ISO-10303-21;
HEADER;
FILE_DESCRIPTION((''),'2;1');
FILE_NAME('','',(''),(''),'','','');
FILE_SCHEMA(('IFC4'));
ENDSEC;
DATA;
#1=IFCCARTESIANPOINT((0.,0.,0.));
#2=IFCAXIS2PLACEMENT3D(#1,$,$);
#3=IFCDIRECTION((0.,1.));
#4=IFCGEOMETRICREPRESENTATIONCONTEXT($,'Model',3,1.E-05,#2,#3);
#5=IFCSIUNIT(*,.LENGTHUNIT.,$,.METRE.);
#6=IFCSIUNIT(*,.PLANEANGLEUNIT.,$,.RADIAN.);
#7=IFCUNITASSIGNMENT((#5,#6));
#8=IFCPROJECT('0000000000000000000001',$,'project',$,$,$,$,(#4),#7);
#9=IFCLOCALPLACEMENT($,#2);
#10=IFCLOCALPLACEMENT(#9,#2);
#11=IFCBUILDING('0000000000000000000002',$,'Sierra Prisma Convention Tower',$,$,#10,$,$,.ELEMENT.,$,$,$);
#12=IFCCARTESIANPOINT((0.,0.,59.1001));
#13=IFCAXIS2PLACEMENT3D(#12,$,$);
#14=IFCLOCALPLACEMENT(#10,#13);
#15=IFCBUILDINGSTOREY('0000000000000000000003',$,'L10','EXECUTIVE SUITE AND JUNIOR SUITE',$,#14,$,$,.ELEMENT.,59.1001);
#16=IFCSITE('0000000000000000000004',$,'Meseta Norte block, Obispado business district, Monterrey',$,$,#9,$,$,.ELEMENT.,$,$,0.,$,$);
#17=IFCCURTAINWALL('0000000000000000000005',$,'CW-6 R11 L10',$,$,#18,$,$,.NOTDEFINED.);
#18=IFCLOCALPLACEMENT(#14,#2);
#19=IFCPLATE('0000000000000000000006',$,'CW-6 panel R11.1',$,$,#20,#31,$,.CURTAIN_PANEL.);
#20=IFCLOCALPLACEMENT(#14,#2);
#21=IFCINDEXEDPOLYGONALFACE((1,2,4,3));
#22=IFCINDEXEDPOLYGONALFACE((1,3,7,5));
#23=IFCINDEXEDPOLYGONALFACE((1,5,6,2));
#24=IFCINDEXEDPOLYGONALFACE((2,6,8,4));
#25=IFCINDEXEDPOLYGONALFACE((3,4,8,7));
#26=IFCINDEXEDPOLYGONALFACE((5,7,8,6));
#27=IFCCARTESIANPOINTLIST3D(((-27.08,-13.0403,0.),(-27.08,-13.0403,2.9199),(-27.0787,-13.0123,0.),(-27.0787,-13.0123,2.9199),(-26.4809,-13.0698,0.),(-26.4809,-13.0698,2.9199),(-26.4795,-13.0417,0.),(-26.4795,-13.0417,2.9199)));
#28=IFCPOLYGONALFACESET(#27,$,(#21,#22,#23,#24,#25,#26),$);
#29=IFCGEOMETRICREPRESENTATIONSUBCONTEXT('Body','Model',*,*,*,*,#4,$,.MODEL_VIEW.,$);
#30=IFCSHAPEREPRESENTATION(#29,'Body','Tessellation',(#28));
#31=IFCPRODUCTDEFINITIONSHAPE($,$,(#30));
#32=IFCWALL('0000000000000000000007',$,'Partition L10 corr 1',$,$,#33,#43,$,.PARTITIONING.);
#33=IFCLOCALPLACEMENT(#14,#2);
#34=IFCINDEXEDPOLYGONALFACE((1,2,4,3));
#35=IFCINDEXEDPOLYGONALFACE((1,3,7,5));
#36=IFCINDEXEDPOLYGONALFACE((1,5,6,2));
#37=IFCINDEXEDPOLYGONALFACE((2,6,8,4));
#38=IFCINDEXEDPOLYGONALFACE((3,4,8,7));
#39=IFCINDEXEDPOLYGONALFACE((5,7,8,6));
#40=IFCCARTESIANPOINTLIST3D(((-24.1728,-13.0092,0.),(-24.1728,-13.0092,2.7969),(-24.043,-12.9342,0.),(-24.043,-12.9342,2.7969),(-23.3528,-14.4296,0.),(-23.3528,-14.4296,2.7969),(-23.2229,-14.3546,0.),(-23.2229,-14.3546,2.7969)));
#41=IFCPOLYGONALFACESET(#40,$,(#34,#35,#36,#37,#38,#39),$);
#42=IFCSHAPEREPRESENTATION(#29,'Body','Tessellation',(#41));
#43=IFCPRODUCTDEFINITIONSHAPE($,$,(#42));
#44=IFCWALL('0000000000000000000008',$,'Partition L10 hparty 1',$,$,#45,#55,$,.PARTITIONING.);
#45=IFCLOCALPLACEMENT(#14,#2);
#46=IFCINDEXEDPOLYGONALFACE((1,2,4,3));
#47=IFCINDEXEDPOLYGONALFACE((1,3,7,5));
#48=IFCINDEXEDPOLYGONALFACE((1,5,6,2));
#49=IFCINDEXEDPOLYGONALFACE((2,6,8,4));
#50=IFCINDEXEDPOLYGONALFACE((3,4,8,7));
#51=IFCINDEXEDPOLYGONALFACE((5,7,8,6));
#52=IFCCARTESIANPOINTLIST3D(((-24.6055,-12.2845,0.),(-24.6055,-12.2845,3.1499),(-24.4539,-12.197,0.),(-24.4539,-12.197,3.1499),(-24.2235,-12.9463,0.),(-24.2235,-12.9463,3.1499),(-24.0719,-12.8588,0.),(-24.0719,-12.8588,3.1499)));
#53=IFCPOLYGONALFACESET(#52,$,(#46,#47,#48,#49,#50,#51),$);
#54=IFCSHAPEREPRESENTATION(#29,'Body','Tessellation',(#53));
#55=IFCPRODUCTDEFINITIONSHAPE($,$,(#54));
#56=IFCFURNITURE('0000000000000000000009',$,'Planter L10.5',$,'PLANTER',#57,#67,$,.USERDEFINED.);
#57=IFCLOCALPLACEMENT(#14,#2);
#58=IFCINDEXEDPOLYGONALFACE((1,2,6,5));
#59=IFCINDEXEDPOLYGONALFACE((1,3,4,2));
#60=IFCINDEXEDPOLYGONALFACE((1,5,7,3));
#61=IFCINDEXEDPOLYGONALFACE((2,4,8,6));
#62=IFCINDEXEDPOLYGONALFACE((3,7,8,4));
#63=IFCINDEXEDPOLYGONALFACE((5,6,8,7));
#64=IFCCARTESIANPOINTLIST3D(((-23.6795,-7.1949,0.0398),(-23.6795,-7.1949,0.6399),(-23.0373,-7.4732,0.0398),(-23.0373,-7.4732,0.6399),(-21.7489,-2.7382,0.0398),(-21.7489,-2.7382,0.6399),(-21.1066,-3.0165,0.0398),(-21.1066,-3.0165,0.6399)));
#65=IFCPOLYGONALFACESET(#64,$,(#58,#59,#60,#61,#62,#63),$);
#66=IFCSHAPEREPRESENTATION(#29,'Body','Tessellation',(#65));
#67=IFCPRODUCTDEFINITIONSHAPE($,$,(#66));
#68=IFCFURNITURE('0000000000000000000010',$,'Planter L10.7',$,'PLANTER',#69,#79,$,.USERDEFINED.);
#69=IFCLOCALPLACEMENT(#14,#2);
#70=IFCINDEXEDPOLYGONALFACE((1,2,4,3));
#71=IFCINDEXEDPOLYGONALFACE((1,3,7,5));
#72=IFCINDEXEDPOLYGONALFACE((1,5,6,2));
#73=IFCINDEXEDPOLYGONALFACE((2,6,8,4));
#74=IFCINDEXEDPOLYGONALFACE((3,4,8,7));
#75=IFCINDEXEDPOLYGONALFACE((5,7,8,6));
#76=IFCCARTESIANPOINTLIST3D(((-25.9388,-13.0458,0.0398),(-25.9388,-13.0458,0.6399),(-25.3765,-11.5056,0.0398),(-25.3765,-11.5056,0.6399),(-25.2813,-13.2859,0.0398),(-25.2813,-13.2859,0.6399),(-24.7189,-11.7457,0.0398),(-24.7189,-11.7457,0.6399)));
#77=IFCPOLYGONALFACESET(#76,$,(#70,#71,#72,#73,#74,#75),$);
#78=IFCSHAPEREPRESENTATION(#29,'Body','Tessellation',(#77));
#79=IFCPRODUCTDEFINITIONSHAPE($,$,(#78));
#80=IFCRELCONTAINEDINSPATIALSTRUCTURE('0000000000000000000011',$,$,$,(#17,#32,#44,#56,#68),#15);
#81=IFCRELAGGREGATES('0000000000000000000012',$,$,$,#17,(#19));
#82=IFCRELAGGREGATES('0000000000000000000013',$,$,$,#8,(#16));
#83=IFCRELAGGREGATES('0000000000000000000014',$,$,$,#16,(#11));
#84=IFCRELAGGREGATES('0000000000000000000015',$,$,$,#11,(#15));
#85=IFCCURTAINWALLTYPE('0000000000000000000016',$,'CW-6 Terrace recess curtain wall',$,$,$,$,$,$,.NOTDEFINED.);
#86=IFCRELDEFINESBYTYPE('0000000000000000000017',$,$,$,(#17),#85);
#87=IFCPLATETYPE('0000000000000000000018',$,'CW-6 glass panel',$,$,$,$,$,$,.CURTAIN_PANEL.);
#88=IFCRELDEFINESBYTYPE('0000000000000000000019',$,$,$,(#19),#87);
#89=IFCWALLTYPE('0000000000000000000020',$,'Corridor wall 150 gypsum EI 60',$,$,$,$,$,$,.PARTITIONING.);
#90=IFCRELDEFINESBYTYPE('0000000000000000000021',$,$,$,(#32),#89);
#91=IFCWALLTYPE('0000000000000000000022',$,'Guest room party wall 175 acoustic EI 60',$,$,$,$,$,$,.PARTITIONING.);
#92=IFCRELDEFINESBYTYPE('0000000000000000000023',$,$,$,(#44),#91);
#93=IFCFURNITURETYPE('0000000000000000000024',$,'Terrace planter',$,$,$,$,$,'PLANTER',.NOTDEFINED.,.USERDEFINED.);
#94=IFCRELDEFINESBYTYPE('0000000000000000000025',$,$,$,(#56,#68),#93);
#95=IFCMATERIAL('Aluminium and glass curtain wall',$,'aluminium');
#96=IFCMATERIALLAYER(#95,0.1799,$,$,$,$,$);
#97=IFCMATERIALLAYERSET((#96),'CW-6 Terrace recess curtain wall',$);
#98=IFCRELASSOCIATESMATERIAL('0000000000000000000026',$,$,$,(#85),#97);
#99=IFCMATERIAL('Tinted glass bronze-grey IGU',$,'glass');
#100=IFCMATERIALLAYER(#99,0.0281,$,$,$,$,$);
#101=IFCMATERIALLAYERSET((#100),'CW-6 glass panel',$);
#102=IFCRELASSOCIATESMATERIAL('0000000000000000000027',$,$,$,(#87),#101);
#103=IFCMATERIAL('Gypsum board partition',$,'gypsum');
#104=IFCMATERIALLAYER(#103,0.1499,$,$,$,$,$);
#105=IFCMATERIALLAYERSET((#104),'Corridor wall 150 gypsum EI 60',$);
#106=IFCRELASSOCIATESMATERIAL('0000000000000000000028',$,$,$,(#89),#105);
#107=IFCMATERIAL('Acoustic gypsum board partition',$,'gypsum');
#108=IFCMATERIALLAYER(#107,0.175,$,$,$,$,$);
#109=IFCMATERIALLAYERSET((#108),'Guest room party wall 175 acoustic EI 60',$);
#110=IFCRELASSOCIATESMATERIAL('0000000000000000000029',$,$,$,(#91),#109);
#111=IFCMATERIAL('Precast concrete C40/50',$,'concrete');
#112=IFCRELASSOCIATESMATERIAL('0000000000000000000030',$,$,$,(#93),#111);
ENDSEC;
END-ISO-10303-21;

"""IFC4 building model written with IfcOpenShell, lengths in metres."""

from ifc_helpers import new_model, si_unit, direction, frame, frame_2d, origin, origin_2d, place, context, subcontext, project, spatial, rectangle, extrude, material, layer, layer_set, type_object, element, aggregate, save


model = new_model("IFC4")

# Units and contexts
model_context = context("Model", 3, precision=1e-05, world=origin(), true_north=direction((0.0, 1.0)))
body_context = subcontext(model_context, "Body", "Model", "MODEL_VIEW")
ifc_project = project(units=[si_unit("LENGTHUNIT", "METRE"), si_unit("PLANEANGLEUNIT", "RADIAN")], contexts=[model_context])

# Site, building, storey
site_placement = place(None, origin())
site = spatial("IfcSite", under=ifc_project, at=site_placement, Name="Meseta Norte block, Obispado business district, Monterrey", CompositionType="ELEMENT", RefElevation=0.0)
building_placement = place(site_placement, origin())
building = spatial("IfcBuilding", under=site, at=building_placement, Name="Sierra Prisma Convention Tower", CompositionType="ELEMENT")
storey_placement = place(building_placement, frame((0.0, 0.0, 59.1001)))
storey = spatial("IfcBuildingStorey", under=building, at=storey_placement, Name="L10", Description="EXECUTIVE SUITE AND JUNIOR SUITE", CompositionType="ELEMENT", Elevation=59.1001)

# Shared definitions
ifc_material_1 = material(Name="Aluminium and glass curtain wall", Category="aluminium")
ifc_layer_1 = layer(ifc_material_1, 0.1799)
ifc_layer_set_1 = layer_set([ifc_layer_1], Name="CW-6 Terrace recess curtain wall")
curtain_wall_type = type_object("IfcCurtainWallType", Name="CW-6 Terrace recess curtain wall", PredefinedType="NOTDEFINED", material=ifc_layer_set_1)

# Curtain wall
curtain_wall_1_placement = place(storey_placement, origin())
curtain_wall_1 = element("IfcCurtainWall", 1, at=curtain_wall_1_placement, inside=storey, type_object=curtain_wall_type, Name="CW-6 R11 L10", PredefinedType="NOTDEFINED")

# Plate
ifc_material_2 = material(Name="Tinted glass bronze-grey IGU", Category="glass")
ifc_layer_2 = layer(ifc_material_2, 0.0281)
ifc_layer_set_2 = layer_set([ifc_layer_2], Name="CW-6 glass panel")
plate_type = type_object("IfcPlateType", Name="CW-6 glass panel", PredefinedType="CURTAIN_PANEL", material=ifc_layer_set_2)
plate_1_placement = place(storey_placement, frame((-26.7798, -13.041, 0.0), z_axis=(0.0, 0.0, 1.0), x_axis=(-0.998795, 0.049068, 0.0)))
plate_1 = element("IfcPlate", 2, at=plate_1_placement, type_object=plate_type, Name="CW-6 panel R11.1", PredefinedType="CURTAIN_PANEL", context=body_context, shape_type="SweptSolid", body=[
    extrude(rectangle(XDim=0.5999, YDim=0.0281, at=origin_2d()), origin(), (0.0, 0.0, 1.0), 2.9199),
])
aggregate(curtain_wall_1, [plate_1])

# Walls
ifc_material_3 = material(Name="Gypsum board partition", Category="gypsum")
ifc_layer_3 = layer(ifc_material_3, 0.1499)
ifc_layer_set_3 = layer_set([ifc_layer_3], Name="Corridor wall 150 gypsum EI 60")
wall_type_1 = type_object("IfcWallType", Name="Corridor wall 150 gypsum EI 60", PredefinedType="PARTITIONING", material=ifc_layer_set_3)
wall_1_placement = place(storey_placement, frame((-24.1079, -12.9717, 0.0), z_axis=(0.0, 0.0, 1.0), x_axis=(0.499997, -0.866027, 0.0)))
element("IfcWall", 3, at=wall_1_placement, inside=storey, type_object=wall_type_1, Name="Partition L10 corr 1", PredefinedType="PARTITIONING", context=body_context, shape_type="SweptSolid", body=[
    extrude(rectangle(XDim=1.6401, YDim=0.1499, at=frame_2d((0.8201, 0.0))), origin(), (0.0, 0.0, 1.0), 2.7969),
])
ifc_material_4 = material(Name="Acoustic gypsum board partition", Category="gypsum")
ifc_layer_4 = layer(ifc_material_4, 0.175)
ifc_layer_set_4 = layer_set([ifc_layer_4], Name="Guest room party wall 175 acoustic EI 60")
wall_type_2 = type_object("IfcWallType", Name="Guest room party wall 175 acoustic EI 60", PredefinedType="PARTITIONING", material=ifc_layer_set_4)
wall_2_placement = place(storey_placement, frame((-24.1477, -12.9026, 0.0), z_axis=(0.0, 0.0, 1.0), x_axis=(-0.499953, 0.866053, 0.0)))
element("IfcWall", 4, at=wall_2_placement, inside=storey, type_object=wall_type_2, Name="Partition L10 hparty 1", PredefinedType="PARTITIONING", context=body_context, shape_type="SweptSolid", body=[
    extrude(rectangle(XDim=0.7642, YDim=0.175, at=frame_2d((0.3821, 0.0))), origin(), (0.0, 0.0, 1.0), 3.1499),
])

# Furniture
ifc_material_5 = material(Name="Precast concrete C40/50", Category="concrete")
furniture_type = type_object("IfcFurnitureType", Name="Terrace planter", ElementType="PLANTER", AssemblyPlace="NOTDEFINED", PredefinedType="USERDEFINED", material=ifc_material_5)
furniture_1_placement = place(storey_placement, frame((-22.3931, -5.1057, 0.0398), z_axis=(0.0, 0.0, 1.0), x_axis=(-0.397512, -0.917597, 0.0)))
element("IfcFurniture", 5, at=furniture_1_placement, inside=storey, type_object=furniture_type, Name="Planter L10.5", ObjectType="PLANTER", PredefinedType="USERDEFINED", context=body_context, shape_type="SweptSolid", body=[
    extrude(rectangle(XDim=4.8569, YDim=0.7, at=origin_2d()), origin(), (0.0, 0.0, 1.0), 0.6001),
])
furniture_2_placement = place(storey_placement, frame((-25.3289, -12.3958, 0.0398), z_axis=(0.0, 0.0, 1.0), x_axis=(-0.342949, -0.939354, 0.0)))
element("IfcFurniture", 6, at=furniture_2_placement, inside=storey, type_object=furniture_type, Name="Planter L10.7", ObjectType="PLANTER", PredefinedType="USERDEFINED", context=body_context, shape_type="SweptSolid", body=[
    extrude(rectangle(XDim=1.6396, YDim=0.7, at=origin_2d()), origin(), (0.0, 0.0, 1.0), 0.6001),
])

save(model, "model.ifc")
